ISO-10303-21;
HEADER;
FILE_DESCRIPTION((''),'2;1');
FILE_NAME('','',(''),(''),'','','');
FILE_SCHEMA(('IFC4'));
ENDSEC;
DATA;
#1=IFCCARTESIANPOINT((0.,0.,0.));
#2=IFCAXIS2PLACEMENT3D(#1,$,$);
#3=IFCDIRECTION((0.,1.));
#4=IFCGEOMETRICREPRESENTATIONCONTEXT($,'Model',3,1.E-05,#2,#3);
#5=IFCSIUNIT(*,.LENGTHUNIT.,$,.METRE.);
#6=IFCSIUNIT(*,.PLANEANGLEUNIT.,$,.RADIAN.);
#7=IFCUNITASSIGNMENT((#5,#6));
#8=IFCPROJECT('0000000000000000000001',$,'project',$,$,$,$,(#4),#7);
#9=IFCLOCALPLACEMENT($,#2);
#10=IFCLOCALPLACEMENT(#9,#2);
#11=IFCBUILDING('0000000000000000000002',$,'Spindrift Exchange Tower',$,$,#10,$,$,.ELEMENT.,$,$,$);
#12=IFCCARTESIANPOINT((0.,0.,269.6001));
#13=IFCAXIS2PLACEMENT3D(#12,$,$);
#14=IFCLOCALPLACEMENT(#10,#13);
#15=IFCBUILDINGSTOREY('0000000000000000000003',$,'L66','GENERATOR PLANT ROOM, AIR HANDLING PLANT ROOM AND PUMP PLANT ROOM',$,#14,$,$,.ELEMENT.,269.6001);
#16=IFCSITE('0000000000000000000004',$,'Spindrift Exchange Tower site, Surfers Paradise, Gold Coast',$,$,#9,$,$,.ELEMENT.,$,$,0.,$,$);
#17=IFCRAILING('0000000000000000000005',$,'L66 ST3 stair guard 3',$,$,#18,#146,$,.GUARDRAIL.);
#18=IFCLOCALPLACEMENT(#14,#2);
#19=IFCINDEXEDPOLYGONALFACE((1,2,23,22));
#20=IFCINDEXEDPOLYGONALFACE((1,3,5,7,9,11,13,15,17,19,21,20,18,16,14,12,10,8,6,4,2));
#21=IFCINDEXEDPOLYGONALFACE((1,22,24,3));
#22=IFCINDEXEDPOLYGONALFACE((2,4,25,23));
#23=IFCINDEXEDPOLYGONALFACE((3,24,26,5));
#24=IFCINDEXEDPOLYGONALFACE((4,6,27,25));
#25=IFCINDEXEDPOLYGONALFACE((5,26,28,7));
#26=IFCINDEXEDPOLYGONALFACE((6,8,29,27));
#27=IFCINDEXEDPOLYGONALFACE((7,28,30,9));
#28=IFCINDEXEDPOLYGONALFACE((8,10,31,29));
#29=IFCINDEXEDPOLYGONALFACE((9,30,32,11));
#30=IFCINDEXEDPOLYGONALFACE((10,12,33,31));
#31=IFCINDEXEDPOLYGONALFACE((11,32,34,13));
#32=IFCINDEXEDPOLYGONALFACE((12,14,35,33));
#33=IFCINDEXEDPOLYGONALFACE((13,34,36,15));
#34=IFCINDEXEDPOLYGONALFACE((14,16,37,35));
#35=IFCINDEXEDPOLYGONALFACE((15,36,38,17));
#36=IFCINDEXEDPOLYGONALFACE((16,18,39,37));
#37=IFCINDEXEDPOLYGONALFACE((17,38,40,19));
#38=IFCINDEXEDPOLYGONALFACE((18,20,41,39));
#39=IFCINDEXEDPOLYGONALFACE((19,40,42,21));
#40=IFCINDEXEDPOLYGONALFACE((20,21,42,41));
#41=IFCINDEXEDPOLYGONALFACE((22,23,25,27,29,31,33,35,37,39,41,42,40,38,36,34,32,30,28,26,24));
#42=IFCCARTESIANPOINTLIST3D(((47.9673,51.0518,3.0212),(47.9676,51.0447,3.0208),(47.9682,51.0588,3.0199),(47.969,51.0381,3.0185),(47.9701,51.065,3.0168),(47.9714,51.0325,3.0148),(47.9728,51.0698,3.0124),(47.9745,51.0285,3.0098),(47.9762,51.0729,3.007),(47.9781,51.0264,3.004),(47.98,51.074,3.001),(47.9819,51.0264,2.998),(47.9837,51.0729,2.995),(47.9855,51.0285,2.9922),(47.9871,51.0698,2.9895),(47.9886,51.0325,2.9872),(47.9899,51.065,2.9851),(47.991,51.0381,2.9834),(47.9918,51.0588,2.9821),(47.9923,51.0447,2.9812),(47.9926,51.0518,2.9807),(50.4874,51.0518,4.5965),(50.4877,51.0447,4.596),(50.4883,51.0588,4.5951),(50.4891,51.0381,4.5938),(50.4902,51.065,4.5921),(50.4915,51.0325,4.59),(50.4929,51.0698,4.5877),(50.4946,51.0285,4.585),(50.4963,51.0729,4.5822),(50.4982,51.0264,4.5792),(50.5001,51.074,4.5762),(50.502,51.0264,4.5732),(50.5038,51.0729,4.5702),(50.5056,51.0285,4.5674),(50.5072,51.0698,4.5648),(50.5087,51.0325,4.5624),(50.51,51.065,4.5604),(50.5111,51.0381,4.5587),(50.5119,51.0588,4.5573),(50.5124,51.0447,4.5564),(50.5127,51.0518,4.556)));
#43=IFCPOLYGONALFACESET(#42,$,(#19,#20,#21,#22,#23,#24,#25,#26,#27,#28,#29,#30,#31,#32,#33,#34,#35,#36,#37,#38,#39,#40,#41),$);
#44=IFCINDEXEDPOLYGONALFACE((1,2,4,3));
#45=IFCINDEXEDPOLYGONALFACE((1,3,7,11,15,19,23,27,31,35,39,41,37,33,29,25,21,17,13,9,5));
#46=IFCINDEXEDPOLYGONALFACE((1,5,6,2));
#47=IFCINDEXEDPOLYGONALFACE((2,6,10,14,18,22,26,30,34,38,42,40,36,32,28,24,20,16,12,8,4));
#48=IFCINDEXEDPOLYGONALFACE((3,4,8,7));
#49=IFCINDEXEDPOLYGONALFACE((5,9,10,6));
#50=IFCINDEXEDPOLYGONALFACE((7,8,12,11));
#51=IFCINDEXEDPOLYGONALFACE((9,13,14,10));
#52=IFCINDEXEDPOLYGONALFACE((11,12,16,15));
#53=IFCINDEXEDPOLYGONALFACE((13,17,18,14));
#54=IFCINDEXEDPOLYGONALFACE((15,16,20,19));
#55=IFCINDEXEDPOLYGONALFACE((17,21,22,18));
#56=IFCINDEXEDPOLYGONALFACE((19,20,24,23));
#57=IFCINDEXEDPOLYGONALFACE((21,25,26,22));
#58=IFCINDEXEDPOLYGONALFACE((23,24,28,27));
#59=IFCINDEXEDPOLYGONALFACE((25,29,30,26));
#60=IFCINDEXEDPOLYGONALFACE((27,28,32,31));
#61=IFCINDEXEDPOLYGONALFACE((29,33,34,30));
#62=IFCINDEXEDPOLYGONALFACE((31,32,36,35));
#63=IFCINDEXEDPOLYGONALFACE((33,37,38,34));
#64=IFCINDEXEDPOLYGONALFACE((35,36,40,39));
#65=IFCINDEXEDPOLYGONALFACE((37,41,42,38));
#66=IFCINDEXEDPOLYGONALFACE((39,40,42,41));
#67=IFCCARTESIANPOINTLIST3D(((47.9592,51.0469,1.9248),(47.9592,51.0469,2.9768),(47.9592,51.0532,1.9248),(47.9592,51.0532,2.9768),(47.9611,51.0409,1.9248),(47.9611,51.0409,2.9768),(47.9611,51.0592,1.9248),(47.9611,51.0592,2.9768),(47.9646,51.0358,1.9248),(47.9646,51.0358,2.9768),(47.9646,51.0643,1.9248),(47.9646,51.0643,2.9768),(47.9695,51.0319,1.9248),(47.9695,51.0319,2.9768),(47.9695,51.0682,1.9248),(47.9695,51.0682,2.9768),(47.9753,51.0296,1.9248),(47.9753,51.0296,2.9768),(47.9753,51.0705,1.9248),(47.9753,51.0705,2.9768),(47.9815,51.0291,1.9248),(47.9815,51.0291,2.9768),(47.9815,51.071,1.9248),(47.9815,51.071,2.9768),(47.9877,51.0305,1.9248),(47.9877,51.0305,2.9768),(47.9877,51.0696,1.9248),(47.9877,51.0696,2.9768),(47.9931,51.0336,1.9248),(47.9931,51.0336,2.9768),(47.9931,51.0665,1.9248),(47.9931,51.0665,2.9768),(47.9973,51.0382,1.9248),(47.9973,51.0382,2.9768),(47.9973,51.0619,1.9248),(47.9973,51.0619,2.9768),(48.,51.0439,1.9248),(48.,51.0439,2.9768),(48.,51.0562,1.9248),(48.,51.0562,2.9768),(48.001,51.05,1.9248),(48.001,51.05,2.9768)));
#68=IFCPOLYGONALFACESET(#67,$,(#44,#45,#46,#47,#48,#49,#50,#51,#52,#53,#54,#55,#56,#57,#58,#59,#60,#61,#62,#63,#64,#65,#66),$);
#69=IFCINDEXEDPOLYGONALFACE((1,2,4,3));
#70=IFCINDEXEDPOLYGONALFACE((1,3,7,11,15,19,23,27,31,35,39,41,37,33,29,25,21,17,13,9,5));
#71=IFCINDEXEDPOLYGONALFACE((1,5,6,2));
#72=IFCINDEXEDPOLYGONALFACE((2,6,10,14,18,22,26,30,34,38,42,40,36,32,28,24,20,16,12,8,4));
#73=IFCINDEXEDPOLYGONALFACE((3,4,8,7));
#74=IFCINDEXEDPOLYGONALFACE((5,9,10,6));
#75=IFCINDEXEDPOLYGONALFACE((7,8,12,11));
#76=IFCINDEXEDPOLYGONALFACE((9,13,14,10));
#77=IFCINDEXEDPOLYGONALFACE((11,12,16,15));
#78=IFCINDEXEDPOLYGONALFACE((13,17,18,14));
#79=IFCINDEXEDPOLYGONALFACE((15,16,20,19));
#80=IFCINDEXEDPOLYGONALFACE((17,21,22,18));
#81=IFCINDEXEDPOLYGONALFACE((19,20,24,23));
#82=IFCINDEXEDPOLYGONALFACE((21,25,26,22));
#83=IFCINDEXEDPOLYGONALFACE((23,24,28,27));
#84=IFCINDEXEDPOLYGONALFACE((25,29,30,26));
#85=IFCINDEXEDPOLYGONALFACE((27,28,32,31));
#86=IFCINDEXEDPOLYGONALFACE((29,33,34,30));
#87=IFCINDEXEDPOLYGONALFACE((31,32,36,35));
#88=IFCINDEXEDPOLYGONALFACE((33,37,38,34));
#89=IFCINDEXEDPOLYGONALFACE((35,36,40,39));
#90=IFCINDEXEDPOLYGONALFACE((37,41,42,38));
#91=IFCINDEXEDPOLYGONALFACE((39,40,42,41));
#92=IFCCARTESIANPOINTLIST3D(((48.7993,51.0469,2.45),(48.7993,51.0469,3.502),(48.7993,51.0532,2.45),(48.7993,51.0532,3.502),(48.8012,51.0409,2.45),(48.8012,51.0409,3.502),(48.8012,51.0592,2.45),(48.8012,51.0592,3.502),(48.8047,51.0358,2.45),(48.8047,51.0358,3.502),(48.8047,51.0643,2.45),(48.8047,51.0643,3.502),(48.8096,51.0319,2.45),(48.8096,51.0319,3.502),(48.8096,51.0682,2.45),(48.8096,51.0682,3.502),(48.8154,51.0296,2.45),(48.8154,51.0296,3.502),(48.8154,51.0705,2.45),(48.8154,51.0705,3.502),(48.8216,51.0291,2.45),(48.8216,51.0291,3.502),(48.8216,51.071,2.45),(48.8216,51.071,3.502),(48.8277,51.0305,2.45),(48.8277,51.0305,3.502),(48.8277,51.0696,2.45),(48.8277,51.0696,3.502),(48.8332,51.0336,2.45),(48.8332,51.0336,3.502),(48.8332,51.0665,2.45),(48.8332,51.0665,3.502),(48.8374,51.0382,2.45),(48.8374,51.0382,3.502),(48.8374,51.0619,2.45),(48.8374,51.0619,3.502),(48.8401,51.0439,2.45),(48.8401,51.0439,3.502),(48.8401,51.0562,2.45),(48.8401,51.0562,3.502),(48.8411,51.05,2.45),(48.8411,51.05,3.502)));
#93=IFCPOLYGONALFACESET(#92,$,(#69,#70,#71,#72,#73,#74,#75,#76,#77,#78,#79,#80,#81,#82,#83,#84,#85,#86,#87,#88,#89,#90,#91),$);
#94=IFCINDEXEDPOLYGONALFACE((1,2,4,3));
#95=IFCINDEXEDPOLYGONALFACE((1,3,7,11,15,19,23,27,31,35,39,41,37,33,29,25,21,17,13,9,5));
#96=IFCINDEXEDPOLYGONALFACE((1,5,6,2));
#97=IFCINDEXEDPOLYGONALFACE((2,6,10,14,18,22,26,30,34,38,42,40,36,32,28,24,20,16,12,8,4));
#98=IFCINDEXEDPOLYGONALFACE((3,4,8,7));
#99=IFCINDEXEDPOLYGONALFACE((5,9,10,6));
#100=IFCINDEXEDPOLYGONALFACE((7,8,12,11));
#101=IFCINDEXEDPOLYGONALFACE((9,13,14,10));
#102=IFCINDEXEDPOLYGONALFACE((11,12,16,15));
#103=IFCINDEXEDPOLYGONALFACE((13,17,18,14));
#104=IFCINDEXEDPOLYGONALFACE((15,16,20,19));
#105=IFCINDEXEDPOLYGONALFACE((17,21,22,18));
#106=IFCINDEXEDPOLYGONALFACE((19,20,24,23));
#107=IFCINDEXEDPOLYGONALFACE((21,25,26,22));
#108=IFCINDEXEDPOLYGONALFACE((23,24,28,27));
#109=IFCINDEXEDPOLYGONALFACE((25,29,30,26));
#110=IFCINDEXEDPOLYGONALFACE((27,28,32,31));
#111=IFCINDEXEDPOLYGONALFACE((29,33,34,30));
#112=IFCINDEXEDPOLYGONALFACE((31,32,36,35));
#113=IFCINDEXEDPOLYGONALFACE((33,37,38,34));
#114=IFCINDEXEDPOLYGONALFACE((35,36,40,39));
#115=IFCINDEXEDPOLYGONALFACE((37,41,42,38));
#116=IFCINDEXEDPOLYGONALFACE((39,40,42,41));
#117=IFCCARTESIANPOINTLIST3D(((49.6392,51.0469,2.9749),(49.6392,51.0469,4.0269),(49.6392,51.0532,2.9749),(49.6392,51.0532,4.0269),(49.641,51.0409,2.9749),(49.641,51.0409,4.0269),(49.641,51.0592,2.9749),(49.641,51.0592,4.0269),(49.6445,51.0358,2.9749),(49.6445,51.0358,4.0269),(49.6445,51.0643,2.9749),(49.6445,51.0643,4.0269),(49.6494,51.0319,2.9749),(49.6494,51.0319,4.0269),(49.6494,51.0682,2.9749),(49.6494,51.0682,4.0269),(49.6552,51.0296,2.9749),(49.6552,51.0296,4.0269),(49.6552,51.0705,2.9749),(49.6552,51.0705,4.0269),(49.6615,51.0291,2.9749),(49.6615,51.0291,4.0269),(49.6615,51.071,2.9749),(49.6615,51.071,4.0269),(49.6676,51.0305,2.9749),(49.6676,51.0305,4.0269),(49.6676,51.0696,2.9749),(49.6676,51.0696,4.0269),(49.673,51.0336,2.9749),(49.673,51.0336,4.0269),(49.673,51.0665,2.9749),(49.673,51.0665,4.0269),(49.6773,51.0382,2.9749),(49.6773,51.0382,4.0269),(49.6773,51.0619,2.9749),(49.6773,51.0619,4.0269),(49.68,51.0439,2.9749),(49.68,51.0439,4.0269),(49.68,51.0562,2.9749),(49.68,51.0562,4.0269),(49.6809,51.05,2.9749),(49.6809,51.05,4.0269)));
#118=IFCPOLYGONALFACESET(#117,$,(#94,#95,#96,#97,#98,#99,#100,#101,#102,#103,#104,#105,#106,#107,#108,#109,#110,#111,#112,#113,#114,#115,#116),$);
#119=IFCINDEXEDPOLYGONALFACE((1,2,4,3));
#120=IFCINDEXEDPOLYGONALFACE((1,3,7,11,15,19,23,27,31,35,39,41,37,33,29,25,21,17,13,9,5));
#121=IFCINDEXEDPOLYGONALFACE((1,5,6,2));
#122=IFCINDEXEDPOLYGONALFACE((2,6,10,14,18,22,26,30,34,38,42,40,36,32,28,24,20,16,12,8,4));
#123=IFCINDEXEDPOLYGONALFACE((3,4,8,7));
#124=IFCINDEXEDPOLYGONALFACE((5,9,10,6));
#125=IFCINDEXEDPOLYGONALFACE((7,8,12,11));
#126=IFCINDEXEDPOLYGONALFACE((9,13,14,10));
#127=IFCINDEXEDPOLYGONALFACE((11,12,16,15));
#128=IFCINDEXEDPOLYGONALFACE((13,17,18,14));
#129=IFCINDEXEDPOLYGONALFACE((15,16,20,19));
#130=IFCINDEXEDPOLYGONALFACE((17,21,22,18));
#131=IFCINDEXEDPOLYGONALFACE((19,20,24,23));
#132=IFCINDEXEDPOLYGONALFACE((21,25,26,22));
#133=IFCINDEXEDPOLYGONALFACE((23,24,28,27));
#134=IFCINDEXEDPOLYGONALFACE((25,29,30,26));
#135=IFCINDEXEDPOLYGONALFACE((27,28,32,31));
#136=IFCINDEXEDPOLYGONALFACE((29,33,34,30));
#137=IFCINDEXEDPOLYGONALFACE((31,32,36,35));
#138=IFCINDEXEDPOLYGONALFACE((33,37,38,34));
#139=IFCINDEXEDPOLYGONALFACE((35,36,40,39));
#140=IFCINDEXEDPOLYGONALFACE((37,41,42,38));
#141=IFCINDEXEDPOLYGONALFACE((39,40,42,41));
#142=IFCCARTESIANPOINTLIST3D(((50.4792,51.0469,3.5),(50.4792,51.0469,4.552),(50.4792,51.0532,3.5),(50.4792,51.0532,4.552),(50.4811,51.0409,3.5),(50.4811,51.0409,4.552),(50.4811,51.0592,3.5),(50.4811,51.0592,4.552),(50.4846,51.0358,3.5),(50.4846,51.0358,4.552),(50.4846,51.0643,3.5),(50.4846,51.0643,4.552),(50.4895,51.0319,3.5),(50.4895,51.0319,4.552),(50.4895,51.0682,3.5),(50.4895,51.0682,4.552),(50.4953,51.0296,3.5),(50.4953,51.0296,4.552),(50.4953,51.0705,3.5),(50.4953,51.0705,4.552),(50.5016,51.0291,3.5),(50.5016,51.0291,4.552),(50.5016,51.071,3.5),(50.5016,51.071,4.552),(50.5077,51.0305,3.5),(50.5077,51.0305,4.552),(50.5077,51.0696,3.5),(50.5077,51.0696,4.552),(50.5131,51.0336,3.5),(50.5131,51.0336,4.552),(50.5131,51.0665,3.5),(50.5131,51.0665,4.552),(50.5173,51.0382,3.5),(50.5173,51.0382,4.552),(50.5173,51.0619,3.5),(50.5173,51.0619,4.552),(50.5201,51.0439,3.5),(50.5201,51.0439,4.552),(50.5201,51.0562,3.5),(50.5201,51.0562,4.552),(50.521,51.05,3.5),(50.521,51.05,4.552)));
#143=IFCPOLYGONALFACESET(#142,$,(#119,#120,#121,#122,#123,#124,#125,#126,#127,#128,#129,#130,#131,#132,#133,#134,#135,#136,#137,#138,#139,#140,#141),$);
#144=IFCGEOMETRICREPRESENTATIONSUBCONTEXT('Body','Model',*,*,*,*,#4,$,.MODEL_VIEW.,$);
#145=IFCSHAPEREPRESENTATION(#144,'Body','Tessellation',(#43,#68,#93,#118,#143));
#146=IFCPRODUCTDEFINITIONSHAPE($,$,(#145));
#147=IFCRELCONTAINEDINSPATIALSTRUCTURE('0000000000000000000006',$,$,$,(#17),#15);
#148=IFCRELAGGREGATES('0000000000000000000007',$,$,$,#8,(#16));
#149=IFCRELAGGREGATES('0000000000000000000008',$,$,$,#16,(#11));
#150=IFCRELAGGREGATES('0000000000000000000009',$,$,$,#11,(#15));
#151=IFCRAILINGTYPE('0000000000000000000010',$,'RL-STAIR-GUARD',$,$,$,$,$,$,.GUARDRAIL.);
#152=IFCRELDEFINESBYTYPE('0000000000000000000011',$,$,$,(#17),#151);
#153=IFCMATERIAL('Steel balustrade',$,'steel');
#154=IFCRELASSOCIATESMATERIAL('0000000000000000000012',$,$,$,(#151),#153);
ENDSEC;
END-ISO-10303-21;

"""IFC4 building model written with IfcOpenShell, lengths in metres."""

from ifc_helpers import new_model, si_unit, direction, frame, origin, origin_2d, place, context, subcontext, project, spatial, circle, extrude, material, type_object, element, save


model = new_model("IFC4")

# Units and contexts
model_context = context("Model", 3, precision=1e-05, world=origin(), true_north=direction((0.0, 1.0)))
body_context = subcontext(model_context, "Body", "Model", "MODEL_VIEW")
ifc_project = project(units=[si_unit("LENGTHUNIT", "METRE"), si_unit("PLANEANGLEUNIT", "RADIAN")], contexts=[model_context])

# Site, building, storey
site_placement = place(None, origin())
site = spatial("IfcSite", under=ifc_project, at=site_placement, Name="Spindrift Exchange Tower site, Surfers Paradise, Gold Coast", CompositionType="ELEMENT", RefElevation=0.0)
building_placement = place(site_placement, origin())
building = spatial("IfcBuilding", under=site, at=building_placement, Name="Spindrift Exchange Tower", CompositionType="ELEMENT")
storey_placement = place(building_placement, frame((0.0, 0.0, 269.6001)))
storey = spatial("IfcBuildingStorey", under=building, at=storey_placement, Name="L66", Description="GENERATOR PLANT ROOM, AIR HANDLING PLANT ROOM AND PUMP PLANT ROOM", CompositionType="ELEMENT", Elevation=269.6001)

# Railing
ifc_material_1 = material(Name="Steel balustrade", Category="steel")
railing_type_1 = type_object("IfcRailingType", Name="RL-STAIR-GUARD", PredefinedType="GUARDRAIL", material=ifc_material_1)
railing_1_placement = place(storey_placement, frame((47.98, 51.05, 1.9248)))
element("IfcRailing", 1, at=railing_1_placement, inside=storey, type_object=railing_type_1, Name="L66 ST3 stair guard 3", PredefinedType="GUARDRAIL", context=body_context, shape_type="SweptSolid", body=[
    extrude(circle(Radius=0.0239, at=origin_2d()), frame((0.0, 0.0, 1.0762), z_axis=(0.847971, 0.0, 0.530043), x_axis=(0.0, 1.0, 0.0)), (0.0, 0.0, 1.0), 2.9719),
    extrude(circle(Radius=0.021, at=origin_2d()), origin(), (0.0, 0.0, 1.0), 1.052),
    extrude(circle(Radius=0.021, at=origin_2d()), frame((0.8401, 0.0, 0.5251)), (0.0, 0.0, 1.0), 1.052),
    extrude(circle(Radius=0.021, at=origin_2d()), frame((1.6799, 0.0, 1.05)), (0.0, 0.0, 1.0), 1.052),
    extrude(circle(Radius=0.021, at=origin_2d()), frame((2.52, 0.0, 1.5752)), (0.0, 0.0, 1.0), 1.052),
])

save(model, "model.ifc")
